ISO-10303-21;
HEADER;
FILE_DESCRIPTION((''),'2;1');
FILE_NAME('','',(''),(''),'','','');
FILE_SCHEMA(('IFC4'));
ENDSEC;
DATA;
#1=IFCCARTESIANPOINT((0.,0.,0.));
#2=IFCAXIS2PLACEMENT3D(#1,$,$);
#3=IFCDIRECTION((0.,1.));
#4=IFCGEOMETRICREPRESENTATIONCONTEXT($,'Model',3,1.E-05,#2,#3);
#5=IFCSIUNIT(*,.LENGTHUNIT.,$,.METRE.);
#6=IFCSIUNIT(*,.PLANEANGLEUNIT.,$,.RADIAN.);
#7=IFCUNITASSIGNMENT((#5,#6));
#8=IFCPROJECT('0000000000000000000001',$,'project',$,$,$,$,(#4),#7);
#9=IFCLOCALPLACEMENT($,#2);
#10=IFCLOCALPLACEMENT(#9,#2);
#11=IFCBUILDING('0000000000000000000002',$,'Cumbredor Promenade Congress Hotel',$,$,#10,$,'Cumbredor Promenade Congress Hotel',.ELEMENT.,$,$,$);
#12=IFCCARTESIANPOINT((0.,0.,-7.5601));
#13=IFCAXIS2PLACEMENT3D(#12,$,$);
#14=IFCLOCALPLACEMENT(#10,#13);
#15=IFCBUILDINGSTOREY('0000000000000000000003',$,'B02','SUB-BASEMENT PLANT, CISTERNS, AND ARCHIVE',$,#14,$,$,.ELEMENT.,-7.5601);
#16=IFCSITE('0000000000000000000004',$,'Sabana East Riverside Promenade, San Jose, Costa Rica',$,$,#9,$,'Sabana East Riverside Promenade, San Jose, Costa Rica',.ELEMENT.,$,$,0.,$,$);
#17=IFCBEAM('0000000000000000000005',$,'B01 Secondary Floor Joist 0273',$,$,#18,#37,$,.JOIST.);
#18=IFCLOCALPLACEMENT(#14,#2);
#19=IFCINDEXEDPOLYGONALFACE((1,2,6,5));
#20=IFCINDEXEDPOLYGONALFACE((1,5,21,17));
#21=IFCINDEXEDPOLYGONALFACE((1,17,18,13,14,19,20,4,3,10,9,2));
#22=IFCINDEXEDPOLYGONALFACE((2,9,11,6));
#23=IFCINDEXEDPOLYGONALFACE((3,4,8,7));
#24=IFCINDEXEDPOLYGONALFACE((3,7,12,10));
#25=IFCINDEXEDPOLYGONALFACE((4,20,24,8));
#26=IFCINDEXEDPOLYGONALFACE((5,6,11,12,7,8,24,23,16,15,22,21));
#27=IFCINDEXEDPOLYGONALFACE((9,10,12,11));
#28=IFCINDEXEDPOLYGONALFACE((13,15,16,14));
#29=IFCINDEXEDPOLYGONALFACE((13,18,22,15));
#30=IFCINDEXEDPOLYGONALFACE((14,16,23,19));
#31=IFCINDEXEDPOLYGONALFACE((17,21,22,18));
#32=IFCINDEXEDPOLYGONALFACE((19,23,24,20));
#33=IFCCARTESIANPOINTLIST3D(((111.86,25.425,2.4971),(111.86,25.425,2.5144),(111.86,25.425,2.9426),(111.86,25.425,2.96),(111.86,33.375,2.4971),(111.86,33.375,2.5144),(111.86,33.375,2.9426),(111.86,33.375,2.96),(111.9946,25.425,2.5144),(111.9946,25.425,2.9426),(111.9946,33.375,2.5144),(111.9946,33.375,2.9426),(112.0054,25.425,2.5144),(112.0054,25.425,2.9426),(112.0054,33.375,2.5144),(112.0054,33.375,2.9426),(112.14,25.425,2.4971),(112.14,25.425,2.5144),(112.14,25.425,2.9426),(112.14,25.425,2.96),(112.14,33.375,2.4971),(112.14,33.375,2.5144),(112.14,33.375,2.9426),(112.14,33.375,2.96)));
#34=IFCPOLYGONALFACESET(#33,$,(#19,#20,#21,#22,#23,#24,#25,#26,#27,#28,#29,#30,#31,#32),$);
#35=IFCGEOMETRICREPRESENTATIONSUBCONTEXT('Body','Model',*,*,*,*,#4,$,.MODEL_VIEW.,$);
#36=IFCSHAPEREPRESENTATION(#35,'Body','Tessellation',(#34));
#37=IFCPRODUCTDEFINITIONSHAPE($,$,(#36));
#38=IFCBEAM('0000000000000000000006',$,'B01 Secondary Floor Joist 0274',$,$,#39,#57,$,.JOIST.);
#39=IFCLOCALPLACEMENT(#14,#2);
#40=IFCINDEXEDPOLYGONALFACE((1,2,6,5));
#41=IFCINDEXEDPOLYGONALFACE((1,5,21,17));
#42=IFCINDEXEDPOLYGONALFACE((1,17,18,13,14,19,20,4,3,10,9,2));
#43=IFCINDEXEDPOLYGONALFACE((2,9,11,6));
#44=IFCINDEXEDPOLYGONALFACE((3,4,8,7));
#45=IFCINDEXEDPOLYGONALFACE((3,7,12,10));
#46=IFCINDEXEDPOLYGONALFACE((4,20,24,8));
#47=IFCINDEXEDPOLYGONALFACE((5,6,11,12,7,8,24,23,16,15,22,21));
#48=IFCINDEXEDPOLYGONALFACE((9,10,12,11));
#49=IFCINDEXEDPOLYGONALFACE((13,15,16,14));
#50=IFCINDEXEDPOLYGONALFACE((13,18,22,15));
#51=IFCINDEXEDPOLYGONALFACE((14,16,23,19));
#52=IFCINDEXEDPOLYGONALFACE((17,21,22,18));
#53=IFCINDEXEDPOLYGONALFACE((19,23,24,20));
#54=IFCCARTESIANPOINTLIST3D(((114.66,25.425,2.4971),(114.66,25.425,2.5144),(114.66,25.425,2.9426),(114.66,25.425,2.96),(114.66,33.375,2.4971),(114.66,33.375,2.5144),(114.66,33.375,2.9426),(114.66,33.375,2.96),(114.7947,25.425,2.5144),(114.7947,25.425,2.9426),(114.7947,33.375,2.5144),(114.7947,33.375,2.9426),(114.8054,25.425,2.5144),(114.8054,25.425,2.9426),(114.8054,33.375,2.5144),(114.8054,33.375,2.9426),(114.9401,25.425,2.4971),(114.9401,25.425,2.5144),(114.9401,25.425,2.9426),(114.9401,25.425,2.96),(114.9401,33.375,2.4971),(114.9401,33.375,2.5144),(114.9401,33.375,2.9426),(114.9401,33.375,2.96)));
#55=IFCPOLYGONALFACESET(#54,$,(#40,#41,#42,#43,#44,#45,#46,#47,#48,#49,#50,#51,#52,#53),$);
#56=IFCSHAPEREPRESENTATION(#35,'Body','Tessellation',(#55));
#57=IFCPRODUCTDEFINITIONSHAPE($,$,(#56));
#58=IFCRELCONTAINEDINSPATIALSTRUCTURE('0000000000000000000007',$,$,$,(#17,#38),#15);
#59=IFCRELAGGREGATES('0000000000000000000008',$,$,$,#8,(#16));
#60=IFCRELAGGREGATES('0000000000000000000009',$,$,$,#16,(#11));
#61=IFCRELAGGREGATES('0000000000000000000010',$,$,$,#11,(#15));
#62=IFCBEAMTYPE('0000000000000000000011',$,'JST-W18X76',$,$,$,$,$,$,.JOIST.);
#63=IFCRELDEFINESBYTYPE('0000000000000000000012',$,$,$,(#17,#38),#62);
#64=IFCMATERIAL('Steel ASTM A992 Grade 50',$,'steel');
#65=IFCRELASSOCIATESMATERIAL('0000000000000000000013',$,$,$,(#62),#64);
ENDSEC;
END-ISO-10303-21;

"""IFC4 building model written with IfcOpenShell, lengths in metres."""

from ifc_helpers import new_model, si_unit, direction, frame, origin, origin_2d, place, context, subcontext, project, spatial, i_section, extrude, material, material_profile, profile_set, type_object, element, save


model = new_model("IFC4")

# Units and contexts
model_context = context("Model", 3, precision=1e-05, world=origin(), true_north=direction((0.0, 1.0)))
body_context = subcontext(model_context, "Body", "Model", "MODEL_VIEW")
ifc_project = project(units=[si_unit("LENGTHUNIT", "METRE"), si_unit("PLANEANGLEUNIT", "RADIAN")], contexts=[model_context])

# Site, building, storey
site_placement = place(None, origin())
site = spatial("IfcSite", under=ifc_project, at=site_placement, Name="Sabana East Riverside Promenade, San Jose, Costa Rica", LongName="Sabana East Riverside Promenade, San Jose, Costa Rica", CompositionType="ELEMENT", RefElevation=0.0)
building_placement = place(site_placement, origin())
building = spatial("IfcBuilding", under=site, at=building_placement, Name="Cumbredor Promenade Congress Hotel", LongName="Cumbredor Promenade Congress Hotel", CompositionType="ELEMENT")
storey_placement = place(building_placement, frame((0.0, 0.0, -7.5601)))
storey = spatial("IfcBuildingStorey", under=building, at=storey_placement, Name="B02", Description="SUB-BASEMENT PLANT, CISTERNS, AND ARCHIVE", CompositionType="ELEMENT", Elevation=-7.5601)

# Beams
ifc_material_1 = material(Name="Steel ASTM A992 Grade 50", Category="steel")
ifc_material_profile_1 = material_profile(ifc_material_1, i_section(OverallWidth=0.28, OverallDepth=0.4629, WebThickness=0.0107, FlangeThickness=0.0173, at=origin_2d()), Name="W18X76")
ifc_profile_set_1 = profile_set([ifc_material_profile_1], Name="Steel ASTM A992 Grade 50")
beam_type_1 = type_object("IfcBeamType", Name="JST-W18X76", PredefinedType="JOIST", material=ifc_profile_set_1)
for number, where, z_axis, x_axis, name in (
    (1, (112.0, 25.425, 2.7285), (0.0, 1.0, 0.0), (-1.0, 0.0, 0.0), "B01 Secondary Floor Joist 0273"),
    (2, (114.8, 25.425, 2.7285), (0.0, 1.0, 0.0), (-1.0, 0.0, 0.0), "B01 Secondary Floor Joist 0274"),
):
    element("IfcBeam", number, at=place(storey_placement, frame(where, z_axis=z_axis, x_axis=x_axis)), inside=storey, type_object=beam_type_1, Name=name, PredefinedType="JOIST", context=body_context, shape_type="SweptSolid", body=[
        extrude(i_section(OverallWidth=0.28, OverallDepth=0.4629, WebThickness=0.0107, FlangeThickness=0.0173, at=origin_2d()), origin(), (0.0, 0.0, 1.0), 7.95),
    ])

save(model, "model.ifc")
